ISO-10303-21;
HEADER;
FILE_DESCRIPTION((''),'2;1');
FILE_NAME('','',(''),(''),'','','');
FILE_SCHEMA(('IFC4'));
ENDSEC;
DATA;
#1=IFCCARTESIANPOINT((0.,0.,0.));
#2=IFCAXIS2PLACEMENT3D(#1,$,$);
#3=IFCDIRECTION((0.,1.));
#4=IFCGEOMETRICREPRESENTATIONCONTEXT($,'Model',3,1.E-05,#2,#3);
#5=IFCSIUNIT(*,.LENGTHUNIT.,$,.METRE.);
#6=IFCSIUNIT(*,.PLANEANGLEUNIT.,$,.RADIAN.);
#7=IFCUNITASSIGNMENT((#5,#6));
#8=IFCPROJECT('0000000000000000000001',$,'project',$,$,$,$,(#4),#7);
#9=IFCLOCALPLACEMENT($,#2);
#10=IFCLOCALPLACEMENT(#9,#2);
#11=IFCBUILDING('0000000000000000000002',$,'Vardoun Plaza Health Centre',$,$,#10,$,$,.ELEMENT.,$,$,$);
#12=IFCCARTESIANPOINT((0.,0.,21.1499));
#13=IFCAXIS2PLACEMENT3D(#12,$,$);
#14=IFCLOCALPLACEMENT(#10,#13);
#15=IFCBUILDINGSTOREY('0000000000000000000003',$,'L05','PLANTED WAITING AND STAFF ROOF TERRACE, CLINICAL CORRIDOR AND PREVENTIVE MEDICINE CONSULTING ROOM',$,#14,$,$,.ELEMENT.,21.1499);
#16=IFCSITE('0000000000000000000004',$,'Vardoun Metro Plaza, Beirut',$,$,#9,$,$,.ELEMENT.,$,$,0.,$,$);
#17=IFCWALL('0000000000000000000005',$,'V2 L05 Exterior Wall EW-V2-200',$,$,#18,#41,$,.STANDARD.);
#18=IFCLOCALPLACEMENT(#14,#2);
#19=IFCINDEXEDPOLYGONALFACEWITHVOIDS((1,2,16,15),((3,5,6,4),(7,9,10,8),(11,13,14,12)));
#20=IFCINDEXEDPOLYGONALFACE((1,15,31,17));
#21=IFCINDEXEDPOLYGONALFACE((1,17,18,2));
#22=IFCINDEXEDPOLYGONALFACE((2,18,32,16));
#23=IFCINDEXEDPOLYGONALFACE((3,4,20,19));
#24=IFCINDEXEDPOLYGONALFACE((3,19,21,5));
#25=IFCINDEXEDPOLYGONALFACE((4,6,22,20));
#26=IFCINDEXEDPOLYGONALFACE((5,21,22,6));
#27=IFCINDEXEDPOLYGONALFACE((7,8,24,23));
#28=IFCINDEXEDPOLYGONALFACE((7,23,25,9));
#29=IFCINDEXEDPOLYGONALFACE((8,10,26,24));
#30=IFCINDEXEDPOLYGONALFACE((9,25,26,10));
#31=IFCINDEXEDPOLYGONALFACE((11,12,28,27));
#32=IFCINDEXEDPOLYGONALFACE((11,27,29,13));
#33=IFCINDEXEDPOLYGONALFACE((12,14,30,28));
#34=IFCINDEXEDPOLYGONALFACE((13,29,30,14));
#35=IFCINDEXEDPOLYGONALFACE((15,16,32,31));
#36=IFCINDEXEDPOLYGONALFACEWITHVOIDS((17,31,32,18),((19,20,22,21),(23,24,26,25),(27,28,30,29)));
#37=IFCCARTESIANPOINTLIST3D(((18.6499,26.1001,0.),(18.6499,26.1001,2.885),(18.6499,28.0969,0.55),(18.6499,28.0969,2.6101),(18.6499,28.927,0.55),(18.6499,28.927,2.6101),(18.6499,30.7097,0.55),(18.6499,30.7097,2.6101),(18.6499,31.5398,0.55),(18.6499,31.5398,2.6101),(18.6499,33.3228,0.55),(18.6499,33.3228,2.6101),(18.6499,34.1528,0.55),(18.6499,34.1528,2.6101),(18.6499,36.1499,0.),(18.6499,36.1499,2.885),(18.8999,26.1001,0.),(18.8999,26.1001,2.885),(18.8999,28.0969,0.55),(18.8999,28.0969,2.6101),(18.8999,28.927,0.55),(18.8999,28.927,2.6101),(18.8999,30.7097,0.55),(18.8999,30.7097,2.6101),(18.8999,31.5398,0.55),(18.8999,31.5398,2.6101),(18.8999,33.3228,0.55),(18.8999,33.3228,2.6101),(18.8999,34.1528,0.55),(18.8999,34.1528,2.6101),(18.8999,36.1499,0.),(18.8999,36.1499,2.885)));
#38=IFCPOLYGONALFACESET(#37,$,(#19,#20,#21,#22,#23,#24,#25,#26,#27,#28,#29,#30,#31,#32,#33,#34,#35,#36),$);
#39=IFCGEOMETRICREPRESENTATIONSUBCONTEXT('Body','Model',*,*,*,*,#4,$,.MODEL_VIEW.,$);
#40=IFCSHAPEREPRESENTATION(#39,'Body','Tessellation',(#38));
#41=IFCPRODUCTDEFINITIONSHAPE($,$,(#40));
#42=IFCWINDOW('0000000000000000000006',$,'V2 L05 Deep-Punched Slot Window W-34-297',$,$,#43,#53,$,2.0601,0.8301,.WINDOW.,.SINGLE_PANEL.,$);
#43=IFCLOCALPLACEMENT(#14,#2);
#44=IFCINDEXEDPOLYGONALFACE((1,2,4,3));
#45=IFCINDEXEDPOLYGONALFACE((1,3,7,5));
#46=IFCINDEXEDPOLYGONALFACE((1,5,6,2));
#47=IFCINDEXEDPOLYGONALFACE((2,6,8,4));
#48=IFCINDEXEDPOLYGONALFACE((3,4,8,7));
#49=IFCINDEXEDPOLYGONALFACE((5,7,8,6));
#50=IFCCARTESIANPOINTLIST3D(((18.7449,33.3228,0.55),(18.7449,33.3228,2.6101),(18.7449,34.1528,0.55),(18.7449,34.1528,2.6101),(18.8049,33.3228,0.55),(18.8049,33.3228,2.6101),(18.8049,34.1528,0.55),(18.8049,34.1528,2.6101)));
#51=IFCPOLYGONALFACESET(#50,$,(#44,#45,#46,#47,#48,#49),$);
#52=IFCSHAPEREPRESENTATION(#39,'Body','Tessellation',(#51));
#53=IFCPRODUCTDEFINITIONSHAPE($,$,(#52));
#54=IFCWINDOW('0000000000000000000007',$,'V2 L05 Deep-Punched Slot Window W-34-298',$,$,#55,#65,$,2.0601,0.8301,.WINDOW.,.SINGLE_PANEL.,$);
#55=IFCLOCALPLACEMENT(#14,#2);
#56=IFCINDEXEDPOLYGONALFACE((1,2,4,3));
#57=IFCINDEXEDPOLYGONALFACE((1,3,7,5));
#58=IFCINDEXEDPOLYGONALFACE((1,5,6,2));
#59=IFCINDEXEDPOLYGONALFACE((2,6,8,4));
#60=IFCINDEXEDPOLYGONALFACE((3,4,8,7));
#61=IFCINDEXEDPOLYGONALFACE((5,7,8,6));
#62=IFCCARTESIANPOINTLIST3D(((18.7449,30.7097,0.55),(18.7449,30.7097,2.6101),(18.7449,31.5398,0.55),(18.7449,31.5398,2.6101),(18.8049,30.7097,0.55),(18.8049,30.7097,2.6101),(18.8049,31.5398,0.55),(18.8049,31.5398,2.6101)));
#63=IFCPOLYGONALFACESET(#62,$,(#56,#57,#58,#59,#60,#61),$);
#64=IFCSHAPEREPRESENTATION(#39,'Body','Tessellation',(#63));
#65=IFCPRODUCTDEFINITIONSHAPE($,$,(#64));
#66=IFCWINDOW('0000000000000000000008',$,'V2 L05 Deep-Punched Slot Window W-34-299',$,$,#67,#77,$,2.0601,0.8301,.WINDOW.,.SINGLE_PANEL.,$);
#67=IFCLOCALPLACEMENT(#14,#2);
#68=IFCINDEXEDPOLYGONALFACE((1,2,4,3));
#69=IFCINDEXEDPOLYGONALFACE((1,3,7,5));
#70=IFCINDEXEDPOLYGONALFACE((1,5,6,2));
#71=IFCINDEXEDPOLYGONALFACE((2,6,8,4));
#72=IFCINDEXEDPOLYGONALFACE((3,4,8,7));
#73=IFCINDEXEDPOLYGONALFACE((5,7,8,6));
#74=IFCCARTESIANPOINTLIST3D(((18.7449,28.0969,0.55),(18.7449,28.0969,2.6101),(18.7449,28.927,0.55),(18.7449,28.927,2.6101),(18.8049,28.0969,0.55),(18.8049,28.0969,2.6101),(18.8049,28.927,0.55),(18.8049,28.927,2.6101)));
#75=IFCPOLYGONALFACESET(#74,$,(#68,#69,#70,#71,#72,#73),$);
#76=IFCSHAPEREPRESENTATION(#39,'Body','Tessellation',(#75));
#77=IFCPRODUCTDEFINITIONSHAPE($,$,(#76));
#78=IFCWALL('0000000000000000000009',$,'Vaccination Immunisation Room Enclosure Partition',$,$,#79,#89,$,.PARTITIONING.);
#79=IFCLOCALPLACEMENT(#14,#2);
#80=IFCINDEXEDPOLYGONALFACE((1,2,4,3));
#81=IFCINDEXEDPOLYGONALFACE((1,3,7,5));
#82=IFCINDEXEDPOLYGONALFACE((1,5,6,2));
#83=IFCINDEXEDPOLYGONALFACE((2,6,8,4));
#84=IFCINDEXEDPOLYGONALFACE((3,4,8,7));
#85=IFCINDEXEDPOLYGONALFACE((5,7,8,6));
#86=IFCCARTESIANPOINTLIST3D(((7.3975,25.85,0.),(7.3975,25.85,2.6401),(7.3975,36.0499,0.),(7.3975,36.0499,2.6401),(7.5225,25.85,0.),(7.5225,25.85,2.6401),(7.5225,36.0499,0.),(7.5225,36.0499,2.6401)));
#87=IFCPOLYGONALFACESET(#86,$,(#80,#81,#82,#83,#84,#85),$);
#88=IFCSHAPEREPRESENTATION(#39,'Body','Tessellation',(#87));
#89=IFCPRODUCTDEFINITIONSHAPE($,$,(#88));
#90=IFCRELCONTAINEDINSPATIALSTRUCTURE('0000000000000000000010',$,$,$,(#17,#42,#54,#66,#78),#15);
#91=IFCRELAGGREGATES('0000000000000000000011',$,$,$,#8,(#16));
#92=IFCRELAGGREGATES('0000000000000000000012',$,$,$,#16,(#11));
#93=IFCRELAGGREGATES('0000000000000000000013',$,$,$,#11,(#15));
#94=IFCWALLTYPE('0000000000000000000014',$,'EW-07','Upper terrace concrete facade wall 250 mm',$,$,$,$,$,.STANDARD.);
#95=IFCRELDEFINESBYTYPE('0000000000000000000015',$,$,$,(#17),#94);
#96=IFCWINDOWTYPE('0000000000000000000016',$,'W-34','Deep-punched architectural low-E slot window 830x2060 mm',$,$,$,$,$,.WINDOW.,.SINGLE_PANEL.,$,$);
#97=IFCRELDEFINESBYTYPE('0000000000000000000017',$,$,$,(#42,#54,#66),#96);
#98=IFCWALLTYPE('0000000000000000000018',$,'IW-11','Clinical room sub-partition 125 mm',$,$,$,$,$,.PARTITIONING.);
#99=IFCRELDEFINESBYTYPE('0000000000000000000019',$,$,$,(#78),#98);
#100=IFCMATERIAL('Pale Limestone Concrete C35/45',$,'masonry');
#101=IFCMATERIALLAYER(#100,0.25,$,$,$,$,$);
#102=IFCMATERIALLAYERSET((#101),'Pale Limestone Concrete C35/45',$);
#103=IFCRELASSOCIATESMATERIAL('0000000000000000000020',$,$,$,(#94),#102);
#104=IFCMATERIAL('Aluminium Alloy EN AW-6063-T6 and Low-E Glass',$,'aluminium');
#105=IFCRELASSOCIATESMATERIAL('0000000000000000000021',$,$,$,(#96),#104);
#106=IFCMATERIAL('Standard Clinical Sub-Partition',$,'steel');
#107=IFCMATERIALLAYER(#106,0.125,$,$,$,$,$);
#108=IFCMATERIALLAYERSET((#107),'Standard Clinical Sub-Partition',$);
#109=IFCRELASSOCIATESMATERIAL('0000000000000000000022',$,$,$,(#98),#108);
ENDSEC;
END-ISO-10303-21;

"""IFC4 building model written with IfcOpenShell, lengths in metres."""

from ifc_helpers import new_model, si_unit, direction, frame, frame_2d, origin, place, context, subcontext, project, spatial, rectangle, extrude, material, layer, layer_set, type_object, element, fill, save


model = new_model("IFC4")

# Units and contexts
model_context = context("Model", 3, precision=1e-05, world=origin(), true_north=direction((0.0, 1.0)))
body_context = subcontext(model_context, "Body", "Model", "MODEL_VIEW")
ifc_project = project(units=[si_unit("LENGTHUNIT", "METRE"), si_unit("PLANEANGLEUNIT", "RADIAN")], contexts=[model_context])

# Site, building, storey
site_placement = place(None, origin())
site = spatial("IfcSite", under=ifc_project, at=site_placement, Name="Vardoun Metro Plaza, Beirut", CompositionType="ELEMENT", RefElevation=0.0)
building_placement = place(site_placement, origin())
building = spatial("IfcBuilding", under=site, at=building_placement, Name="Vardoun Plaza Health Centre", CompositionType="ELEMENT")
storey_placement = place(building_placement, frame((0.0, 0.0, 21.1499)))
storey = spatial("IfcBuildingStorey", under=building, at=storey_placement, Name="L05", Description="PLANTED WAITING AND STAFF ROOF TERRACE, CLINICAL CORRIDOR AND PREVENTIVE MEDICINE CONSULTING ROOM", CompositionType="ELEMENT", Elevation=21.1499)

# Shared definitions
ifc_material_1 = material(Name="Pale Limestone Concrete C35/45", Category="masonry")
ifc_layer_1 = layer(ifc_material_1, 0.25)
ifc_layer_set_1 = layer_set([ifc_layer_1], Name="Pale Limestone Concrete C35/45")
wall_type_1 = type_object("IfcWallType", Name="EW-07", Description="Upper terrace concrete facade wall 250 mm", PredefinedType="STANDARD", material=ifc_layer_set_1)

# Wall, openings, windows
wall_1_placement = place(storey_placement, frame((18.7749, 36.1499, 0.0), z_axis=(0.0, 0.0, 1.0), x_axis=(0.0, -1.0, 0.0)))
wall_1 = element("IfcWall", 1, at=wall_1_placement, inside=storey, type_object=wall_type_1, Name="V2 L05 Exterior Wall EW-V2-200", PredefinedType="STANDARD", context=body_context, shape_type="SweptSolid", body=[
    extrude(rectangle(XDim=10.0498, YDim=0.25, at=frame_2d((5.0249, 0.0))), origin(), (0.0, 0.0, 1.0), 2.885),
])
opening_1_placement = place(wall_1_placement, frame((1.9971, 0.0, 0.55)))
opening_1 = element("IfcOpeningElement", 2, at=opening_1_placement, cuts=wall_1, PredefinedType="OPENING", context=body_context, shape_type="SweptSolid", body=[
    extrude(rectangle(XDim=0.8301, YDim=2.0601, at=frame_2d((0.415, 1.03))), frame((0.0, 0.125, 0.0), z_axis=(0.0, -1.0, 0.0), x_axis=(1.0, 0.0, 0.0)), (0.0, 0.0, 1.0), 0.25),
])
opening_2_placement = place(wall_1_placement, frame((4.6101, 0.0, 0.55)))
opening_2 = element("IfcOpeningElement", 3, at=opening_2_placement, cuts=wall_1, PredefinedType="OPENING", context=body_context, shape_type="SweptSolid", body=[
    extrude(rectangle(XDim=0.8301, YDim=2.0601, at=frame_2d((0.415, 1.03))), frame((0.0, 0.125, 0.0), z_axis=(0.0, -1.0, 0.0), x_axis=(1.0, 0.0, 0.0)), (0.0, 0.0, 1.0), 0.25),
])
opening_3_placement = place(wall_1_placement, frame((7.2229, 0.0, 0.55)))
opening_3 = element("IfcOpeningElement", 4, at=opening_3_placement, cuts=wall_1, PredefinedType="OPENING", context=body_context, shape_type="SweptSolid", body=[
    extrude(rectangle(XDim=0.8301, YDim=2.0601, at=frame_2d((0.415, 1.03))), frame((0.0, 0.125, 0.0), z_axis=(0.0, -1.0, 0.0), x_axis=(1.0, 0.0, 0.0)), (0.0, 0.0, 1.0), 0.25),
])
ifc_material_2 = material(Name="Aluminium Alloy EN AW-6063-T6 and Low-E Glass", Category="aluminium")
window_type_1 = type_object("IfcWindowType", Name="W-34", Description="Deep-punched architectural low-E slot window 830x2060 mm", PartitioningType="SINGLE_PANEL", PredefinedType="WINDOW", material=ifc_material_2)
window_1_placement = place(opening_1_placement, origin())
window_1 = element("IfcWindow", 5, at=window_1_placement, inside=storey, type_object=window_type_1, Name="V2 L05 Deep-Punched Slot Window W-34-297", OverallHeight=2.0601, OverallWidth=0.8301, PartitioningType="SINGLE_PANEL", PredefinedType="WINDOW", context=body_context, shape_type="SweptSolid", body=[
    extrude(rectangle(XDim=0.8301, YDim=2.0601, at=frame_2d((0.415, 1.03))), frame((0.0, 0.03, 0.0), z_axis=(0.0, -1.0, 0.0), x_axis=(1.0, 0.0, 0.0)), (0.0, 0.0, 1.0), 0.0601),
])
fill(opening_1, window_1)
window_2_placement = place(opening_2_placement, origin())
window_2 = element("IfcWindow", 6, at=window_2_placement, inside=storey, type_object=window_type_1, Name="V2 L05 Deep-Punched Slot Window W-34-298", OverallHeight=2.0601, OverallWidth=0.8301, PartitioningType="SINGLE_PANEL", PredefinedType="WINDOW", context=body_context, shape_type="SweptSolid", body=[
    extrude(rectangle(XDim=0.8301, YDim=2.0601, at=frame_2d((0.415, 1.03))), frame((0.0, 0.03, 0.0), z_axis=(0.0, -1.0, 0.0), x_axis=(1.0, 0.0, 0.0)), (0.0, 0.0, 1.0), 0.0601),
])
fill(opening_2, window_2)
window_3_placement = place(opening_3_placement, origin())
window_3 = element("IfcWindow", 7, at=window_3_placement, inside=storey, type_object=window_type_1, Name="V2 L05 Deep-Punched Slot Window W-34-299", OverallHeight=2.0601, OverallWidth=0.8301, PartitioningType="SINGLE_PANEL", PredefinedType="WINDOW", context=body_context, shape_type="SweptSolid", body=[
    extrude(rectangle(XDim=0.8301, YDim=2.0601, at=frame_2d((0.415, 1.03))), frame((0.0, 0.03, 0.0), z_axis=(0.0, -1.0, 0.0), x_axis=(1.0, 0.0, 0.0)), (0.0, 0.0, 1.0), 0.0601),
])
fill(opening_3, window_3)

# Wall
ifc_material_3 = material(Name="Standard Clinical Sub-Partition", Category="steel")
ifc_layer_2 = layer(ifc_material_3, 0.125)
ifc_layer_set_2 = layer_set([ifc_layer_2], Name="Standard Clinical Sub-Partition")
wall_type_2 = type_object("IfcWallType", Name="IW-11", Description="Clinical room sub-partition 125 mm", PredefinedType="PARTITIONING", material=ifc_layer_set_2)
wall_2_placement = place(storey_placement, frame((7.46, 36.05, 0.0), z_axis=(0.0, 0.0, 1.0), x_axis=(0.0, -1.0, 0.0)))
element("IfcWall", 8, at=wall_2_placement, inside=storey, type_object=wall_type_2, Name="Vaccination Immunisation Room Enclosure Partition", PredefinedType="PARTITIONING", context=body_context, shape_type="SweptSolid", body=[
    extrude(rectangle(XDim=10.2, YDim=0.125, at=frame_2d((5.1001, 0.0))), origin(), (0.0, 0.0, 1.0), 2.6401),
])

save(model, "model.ifc")
